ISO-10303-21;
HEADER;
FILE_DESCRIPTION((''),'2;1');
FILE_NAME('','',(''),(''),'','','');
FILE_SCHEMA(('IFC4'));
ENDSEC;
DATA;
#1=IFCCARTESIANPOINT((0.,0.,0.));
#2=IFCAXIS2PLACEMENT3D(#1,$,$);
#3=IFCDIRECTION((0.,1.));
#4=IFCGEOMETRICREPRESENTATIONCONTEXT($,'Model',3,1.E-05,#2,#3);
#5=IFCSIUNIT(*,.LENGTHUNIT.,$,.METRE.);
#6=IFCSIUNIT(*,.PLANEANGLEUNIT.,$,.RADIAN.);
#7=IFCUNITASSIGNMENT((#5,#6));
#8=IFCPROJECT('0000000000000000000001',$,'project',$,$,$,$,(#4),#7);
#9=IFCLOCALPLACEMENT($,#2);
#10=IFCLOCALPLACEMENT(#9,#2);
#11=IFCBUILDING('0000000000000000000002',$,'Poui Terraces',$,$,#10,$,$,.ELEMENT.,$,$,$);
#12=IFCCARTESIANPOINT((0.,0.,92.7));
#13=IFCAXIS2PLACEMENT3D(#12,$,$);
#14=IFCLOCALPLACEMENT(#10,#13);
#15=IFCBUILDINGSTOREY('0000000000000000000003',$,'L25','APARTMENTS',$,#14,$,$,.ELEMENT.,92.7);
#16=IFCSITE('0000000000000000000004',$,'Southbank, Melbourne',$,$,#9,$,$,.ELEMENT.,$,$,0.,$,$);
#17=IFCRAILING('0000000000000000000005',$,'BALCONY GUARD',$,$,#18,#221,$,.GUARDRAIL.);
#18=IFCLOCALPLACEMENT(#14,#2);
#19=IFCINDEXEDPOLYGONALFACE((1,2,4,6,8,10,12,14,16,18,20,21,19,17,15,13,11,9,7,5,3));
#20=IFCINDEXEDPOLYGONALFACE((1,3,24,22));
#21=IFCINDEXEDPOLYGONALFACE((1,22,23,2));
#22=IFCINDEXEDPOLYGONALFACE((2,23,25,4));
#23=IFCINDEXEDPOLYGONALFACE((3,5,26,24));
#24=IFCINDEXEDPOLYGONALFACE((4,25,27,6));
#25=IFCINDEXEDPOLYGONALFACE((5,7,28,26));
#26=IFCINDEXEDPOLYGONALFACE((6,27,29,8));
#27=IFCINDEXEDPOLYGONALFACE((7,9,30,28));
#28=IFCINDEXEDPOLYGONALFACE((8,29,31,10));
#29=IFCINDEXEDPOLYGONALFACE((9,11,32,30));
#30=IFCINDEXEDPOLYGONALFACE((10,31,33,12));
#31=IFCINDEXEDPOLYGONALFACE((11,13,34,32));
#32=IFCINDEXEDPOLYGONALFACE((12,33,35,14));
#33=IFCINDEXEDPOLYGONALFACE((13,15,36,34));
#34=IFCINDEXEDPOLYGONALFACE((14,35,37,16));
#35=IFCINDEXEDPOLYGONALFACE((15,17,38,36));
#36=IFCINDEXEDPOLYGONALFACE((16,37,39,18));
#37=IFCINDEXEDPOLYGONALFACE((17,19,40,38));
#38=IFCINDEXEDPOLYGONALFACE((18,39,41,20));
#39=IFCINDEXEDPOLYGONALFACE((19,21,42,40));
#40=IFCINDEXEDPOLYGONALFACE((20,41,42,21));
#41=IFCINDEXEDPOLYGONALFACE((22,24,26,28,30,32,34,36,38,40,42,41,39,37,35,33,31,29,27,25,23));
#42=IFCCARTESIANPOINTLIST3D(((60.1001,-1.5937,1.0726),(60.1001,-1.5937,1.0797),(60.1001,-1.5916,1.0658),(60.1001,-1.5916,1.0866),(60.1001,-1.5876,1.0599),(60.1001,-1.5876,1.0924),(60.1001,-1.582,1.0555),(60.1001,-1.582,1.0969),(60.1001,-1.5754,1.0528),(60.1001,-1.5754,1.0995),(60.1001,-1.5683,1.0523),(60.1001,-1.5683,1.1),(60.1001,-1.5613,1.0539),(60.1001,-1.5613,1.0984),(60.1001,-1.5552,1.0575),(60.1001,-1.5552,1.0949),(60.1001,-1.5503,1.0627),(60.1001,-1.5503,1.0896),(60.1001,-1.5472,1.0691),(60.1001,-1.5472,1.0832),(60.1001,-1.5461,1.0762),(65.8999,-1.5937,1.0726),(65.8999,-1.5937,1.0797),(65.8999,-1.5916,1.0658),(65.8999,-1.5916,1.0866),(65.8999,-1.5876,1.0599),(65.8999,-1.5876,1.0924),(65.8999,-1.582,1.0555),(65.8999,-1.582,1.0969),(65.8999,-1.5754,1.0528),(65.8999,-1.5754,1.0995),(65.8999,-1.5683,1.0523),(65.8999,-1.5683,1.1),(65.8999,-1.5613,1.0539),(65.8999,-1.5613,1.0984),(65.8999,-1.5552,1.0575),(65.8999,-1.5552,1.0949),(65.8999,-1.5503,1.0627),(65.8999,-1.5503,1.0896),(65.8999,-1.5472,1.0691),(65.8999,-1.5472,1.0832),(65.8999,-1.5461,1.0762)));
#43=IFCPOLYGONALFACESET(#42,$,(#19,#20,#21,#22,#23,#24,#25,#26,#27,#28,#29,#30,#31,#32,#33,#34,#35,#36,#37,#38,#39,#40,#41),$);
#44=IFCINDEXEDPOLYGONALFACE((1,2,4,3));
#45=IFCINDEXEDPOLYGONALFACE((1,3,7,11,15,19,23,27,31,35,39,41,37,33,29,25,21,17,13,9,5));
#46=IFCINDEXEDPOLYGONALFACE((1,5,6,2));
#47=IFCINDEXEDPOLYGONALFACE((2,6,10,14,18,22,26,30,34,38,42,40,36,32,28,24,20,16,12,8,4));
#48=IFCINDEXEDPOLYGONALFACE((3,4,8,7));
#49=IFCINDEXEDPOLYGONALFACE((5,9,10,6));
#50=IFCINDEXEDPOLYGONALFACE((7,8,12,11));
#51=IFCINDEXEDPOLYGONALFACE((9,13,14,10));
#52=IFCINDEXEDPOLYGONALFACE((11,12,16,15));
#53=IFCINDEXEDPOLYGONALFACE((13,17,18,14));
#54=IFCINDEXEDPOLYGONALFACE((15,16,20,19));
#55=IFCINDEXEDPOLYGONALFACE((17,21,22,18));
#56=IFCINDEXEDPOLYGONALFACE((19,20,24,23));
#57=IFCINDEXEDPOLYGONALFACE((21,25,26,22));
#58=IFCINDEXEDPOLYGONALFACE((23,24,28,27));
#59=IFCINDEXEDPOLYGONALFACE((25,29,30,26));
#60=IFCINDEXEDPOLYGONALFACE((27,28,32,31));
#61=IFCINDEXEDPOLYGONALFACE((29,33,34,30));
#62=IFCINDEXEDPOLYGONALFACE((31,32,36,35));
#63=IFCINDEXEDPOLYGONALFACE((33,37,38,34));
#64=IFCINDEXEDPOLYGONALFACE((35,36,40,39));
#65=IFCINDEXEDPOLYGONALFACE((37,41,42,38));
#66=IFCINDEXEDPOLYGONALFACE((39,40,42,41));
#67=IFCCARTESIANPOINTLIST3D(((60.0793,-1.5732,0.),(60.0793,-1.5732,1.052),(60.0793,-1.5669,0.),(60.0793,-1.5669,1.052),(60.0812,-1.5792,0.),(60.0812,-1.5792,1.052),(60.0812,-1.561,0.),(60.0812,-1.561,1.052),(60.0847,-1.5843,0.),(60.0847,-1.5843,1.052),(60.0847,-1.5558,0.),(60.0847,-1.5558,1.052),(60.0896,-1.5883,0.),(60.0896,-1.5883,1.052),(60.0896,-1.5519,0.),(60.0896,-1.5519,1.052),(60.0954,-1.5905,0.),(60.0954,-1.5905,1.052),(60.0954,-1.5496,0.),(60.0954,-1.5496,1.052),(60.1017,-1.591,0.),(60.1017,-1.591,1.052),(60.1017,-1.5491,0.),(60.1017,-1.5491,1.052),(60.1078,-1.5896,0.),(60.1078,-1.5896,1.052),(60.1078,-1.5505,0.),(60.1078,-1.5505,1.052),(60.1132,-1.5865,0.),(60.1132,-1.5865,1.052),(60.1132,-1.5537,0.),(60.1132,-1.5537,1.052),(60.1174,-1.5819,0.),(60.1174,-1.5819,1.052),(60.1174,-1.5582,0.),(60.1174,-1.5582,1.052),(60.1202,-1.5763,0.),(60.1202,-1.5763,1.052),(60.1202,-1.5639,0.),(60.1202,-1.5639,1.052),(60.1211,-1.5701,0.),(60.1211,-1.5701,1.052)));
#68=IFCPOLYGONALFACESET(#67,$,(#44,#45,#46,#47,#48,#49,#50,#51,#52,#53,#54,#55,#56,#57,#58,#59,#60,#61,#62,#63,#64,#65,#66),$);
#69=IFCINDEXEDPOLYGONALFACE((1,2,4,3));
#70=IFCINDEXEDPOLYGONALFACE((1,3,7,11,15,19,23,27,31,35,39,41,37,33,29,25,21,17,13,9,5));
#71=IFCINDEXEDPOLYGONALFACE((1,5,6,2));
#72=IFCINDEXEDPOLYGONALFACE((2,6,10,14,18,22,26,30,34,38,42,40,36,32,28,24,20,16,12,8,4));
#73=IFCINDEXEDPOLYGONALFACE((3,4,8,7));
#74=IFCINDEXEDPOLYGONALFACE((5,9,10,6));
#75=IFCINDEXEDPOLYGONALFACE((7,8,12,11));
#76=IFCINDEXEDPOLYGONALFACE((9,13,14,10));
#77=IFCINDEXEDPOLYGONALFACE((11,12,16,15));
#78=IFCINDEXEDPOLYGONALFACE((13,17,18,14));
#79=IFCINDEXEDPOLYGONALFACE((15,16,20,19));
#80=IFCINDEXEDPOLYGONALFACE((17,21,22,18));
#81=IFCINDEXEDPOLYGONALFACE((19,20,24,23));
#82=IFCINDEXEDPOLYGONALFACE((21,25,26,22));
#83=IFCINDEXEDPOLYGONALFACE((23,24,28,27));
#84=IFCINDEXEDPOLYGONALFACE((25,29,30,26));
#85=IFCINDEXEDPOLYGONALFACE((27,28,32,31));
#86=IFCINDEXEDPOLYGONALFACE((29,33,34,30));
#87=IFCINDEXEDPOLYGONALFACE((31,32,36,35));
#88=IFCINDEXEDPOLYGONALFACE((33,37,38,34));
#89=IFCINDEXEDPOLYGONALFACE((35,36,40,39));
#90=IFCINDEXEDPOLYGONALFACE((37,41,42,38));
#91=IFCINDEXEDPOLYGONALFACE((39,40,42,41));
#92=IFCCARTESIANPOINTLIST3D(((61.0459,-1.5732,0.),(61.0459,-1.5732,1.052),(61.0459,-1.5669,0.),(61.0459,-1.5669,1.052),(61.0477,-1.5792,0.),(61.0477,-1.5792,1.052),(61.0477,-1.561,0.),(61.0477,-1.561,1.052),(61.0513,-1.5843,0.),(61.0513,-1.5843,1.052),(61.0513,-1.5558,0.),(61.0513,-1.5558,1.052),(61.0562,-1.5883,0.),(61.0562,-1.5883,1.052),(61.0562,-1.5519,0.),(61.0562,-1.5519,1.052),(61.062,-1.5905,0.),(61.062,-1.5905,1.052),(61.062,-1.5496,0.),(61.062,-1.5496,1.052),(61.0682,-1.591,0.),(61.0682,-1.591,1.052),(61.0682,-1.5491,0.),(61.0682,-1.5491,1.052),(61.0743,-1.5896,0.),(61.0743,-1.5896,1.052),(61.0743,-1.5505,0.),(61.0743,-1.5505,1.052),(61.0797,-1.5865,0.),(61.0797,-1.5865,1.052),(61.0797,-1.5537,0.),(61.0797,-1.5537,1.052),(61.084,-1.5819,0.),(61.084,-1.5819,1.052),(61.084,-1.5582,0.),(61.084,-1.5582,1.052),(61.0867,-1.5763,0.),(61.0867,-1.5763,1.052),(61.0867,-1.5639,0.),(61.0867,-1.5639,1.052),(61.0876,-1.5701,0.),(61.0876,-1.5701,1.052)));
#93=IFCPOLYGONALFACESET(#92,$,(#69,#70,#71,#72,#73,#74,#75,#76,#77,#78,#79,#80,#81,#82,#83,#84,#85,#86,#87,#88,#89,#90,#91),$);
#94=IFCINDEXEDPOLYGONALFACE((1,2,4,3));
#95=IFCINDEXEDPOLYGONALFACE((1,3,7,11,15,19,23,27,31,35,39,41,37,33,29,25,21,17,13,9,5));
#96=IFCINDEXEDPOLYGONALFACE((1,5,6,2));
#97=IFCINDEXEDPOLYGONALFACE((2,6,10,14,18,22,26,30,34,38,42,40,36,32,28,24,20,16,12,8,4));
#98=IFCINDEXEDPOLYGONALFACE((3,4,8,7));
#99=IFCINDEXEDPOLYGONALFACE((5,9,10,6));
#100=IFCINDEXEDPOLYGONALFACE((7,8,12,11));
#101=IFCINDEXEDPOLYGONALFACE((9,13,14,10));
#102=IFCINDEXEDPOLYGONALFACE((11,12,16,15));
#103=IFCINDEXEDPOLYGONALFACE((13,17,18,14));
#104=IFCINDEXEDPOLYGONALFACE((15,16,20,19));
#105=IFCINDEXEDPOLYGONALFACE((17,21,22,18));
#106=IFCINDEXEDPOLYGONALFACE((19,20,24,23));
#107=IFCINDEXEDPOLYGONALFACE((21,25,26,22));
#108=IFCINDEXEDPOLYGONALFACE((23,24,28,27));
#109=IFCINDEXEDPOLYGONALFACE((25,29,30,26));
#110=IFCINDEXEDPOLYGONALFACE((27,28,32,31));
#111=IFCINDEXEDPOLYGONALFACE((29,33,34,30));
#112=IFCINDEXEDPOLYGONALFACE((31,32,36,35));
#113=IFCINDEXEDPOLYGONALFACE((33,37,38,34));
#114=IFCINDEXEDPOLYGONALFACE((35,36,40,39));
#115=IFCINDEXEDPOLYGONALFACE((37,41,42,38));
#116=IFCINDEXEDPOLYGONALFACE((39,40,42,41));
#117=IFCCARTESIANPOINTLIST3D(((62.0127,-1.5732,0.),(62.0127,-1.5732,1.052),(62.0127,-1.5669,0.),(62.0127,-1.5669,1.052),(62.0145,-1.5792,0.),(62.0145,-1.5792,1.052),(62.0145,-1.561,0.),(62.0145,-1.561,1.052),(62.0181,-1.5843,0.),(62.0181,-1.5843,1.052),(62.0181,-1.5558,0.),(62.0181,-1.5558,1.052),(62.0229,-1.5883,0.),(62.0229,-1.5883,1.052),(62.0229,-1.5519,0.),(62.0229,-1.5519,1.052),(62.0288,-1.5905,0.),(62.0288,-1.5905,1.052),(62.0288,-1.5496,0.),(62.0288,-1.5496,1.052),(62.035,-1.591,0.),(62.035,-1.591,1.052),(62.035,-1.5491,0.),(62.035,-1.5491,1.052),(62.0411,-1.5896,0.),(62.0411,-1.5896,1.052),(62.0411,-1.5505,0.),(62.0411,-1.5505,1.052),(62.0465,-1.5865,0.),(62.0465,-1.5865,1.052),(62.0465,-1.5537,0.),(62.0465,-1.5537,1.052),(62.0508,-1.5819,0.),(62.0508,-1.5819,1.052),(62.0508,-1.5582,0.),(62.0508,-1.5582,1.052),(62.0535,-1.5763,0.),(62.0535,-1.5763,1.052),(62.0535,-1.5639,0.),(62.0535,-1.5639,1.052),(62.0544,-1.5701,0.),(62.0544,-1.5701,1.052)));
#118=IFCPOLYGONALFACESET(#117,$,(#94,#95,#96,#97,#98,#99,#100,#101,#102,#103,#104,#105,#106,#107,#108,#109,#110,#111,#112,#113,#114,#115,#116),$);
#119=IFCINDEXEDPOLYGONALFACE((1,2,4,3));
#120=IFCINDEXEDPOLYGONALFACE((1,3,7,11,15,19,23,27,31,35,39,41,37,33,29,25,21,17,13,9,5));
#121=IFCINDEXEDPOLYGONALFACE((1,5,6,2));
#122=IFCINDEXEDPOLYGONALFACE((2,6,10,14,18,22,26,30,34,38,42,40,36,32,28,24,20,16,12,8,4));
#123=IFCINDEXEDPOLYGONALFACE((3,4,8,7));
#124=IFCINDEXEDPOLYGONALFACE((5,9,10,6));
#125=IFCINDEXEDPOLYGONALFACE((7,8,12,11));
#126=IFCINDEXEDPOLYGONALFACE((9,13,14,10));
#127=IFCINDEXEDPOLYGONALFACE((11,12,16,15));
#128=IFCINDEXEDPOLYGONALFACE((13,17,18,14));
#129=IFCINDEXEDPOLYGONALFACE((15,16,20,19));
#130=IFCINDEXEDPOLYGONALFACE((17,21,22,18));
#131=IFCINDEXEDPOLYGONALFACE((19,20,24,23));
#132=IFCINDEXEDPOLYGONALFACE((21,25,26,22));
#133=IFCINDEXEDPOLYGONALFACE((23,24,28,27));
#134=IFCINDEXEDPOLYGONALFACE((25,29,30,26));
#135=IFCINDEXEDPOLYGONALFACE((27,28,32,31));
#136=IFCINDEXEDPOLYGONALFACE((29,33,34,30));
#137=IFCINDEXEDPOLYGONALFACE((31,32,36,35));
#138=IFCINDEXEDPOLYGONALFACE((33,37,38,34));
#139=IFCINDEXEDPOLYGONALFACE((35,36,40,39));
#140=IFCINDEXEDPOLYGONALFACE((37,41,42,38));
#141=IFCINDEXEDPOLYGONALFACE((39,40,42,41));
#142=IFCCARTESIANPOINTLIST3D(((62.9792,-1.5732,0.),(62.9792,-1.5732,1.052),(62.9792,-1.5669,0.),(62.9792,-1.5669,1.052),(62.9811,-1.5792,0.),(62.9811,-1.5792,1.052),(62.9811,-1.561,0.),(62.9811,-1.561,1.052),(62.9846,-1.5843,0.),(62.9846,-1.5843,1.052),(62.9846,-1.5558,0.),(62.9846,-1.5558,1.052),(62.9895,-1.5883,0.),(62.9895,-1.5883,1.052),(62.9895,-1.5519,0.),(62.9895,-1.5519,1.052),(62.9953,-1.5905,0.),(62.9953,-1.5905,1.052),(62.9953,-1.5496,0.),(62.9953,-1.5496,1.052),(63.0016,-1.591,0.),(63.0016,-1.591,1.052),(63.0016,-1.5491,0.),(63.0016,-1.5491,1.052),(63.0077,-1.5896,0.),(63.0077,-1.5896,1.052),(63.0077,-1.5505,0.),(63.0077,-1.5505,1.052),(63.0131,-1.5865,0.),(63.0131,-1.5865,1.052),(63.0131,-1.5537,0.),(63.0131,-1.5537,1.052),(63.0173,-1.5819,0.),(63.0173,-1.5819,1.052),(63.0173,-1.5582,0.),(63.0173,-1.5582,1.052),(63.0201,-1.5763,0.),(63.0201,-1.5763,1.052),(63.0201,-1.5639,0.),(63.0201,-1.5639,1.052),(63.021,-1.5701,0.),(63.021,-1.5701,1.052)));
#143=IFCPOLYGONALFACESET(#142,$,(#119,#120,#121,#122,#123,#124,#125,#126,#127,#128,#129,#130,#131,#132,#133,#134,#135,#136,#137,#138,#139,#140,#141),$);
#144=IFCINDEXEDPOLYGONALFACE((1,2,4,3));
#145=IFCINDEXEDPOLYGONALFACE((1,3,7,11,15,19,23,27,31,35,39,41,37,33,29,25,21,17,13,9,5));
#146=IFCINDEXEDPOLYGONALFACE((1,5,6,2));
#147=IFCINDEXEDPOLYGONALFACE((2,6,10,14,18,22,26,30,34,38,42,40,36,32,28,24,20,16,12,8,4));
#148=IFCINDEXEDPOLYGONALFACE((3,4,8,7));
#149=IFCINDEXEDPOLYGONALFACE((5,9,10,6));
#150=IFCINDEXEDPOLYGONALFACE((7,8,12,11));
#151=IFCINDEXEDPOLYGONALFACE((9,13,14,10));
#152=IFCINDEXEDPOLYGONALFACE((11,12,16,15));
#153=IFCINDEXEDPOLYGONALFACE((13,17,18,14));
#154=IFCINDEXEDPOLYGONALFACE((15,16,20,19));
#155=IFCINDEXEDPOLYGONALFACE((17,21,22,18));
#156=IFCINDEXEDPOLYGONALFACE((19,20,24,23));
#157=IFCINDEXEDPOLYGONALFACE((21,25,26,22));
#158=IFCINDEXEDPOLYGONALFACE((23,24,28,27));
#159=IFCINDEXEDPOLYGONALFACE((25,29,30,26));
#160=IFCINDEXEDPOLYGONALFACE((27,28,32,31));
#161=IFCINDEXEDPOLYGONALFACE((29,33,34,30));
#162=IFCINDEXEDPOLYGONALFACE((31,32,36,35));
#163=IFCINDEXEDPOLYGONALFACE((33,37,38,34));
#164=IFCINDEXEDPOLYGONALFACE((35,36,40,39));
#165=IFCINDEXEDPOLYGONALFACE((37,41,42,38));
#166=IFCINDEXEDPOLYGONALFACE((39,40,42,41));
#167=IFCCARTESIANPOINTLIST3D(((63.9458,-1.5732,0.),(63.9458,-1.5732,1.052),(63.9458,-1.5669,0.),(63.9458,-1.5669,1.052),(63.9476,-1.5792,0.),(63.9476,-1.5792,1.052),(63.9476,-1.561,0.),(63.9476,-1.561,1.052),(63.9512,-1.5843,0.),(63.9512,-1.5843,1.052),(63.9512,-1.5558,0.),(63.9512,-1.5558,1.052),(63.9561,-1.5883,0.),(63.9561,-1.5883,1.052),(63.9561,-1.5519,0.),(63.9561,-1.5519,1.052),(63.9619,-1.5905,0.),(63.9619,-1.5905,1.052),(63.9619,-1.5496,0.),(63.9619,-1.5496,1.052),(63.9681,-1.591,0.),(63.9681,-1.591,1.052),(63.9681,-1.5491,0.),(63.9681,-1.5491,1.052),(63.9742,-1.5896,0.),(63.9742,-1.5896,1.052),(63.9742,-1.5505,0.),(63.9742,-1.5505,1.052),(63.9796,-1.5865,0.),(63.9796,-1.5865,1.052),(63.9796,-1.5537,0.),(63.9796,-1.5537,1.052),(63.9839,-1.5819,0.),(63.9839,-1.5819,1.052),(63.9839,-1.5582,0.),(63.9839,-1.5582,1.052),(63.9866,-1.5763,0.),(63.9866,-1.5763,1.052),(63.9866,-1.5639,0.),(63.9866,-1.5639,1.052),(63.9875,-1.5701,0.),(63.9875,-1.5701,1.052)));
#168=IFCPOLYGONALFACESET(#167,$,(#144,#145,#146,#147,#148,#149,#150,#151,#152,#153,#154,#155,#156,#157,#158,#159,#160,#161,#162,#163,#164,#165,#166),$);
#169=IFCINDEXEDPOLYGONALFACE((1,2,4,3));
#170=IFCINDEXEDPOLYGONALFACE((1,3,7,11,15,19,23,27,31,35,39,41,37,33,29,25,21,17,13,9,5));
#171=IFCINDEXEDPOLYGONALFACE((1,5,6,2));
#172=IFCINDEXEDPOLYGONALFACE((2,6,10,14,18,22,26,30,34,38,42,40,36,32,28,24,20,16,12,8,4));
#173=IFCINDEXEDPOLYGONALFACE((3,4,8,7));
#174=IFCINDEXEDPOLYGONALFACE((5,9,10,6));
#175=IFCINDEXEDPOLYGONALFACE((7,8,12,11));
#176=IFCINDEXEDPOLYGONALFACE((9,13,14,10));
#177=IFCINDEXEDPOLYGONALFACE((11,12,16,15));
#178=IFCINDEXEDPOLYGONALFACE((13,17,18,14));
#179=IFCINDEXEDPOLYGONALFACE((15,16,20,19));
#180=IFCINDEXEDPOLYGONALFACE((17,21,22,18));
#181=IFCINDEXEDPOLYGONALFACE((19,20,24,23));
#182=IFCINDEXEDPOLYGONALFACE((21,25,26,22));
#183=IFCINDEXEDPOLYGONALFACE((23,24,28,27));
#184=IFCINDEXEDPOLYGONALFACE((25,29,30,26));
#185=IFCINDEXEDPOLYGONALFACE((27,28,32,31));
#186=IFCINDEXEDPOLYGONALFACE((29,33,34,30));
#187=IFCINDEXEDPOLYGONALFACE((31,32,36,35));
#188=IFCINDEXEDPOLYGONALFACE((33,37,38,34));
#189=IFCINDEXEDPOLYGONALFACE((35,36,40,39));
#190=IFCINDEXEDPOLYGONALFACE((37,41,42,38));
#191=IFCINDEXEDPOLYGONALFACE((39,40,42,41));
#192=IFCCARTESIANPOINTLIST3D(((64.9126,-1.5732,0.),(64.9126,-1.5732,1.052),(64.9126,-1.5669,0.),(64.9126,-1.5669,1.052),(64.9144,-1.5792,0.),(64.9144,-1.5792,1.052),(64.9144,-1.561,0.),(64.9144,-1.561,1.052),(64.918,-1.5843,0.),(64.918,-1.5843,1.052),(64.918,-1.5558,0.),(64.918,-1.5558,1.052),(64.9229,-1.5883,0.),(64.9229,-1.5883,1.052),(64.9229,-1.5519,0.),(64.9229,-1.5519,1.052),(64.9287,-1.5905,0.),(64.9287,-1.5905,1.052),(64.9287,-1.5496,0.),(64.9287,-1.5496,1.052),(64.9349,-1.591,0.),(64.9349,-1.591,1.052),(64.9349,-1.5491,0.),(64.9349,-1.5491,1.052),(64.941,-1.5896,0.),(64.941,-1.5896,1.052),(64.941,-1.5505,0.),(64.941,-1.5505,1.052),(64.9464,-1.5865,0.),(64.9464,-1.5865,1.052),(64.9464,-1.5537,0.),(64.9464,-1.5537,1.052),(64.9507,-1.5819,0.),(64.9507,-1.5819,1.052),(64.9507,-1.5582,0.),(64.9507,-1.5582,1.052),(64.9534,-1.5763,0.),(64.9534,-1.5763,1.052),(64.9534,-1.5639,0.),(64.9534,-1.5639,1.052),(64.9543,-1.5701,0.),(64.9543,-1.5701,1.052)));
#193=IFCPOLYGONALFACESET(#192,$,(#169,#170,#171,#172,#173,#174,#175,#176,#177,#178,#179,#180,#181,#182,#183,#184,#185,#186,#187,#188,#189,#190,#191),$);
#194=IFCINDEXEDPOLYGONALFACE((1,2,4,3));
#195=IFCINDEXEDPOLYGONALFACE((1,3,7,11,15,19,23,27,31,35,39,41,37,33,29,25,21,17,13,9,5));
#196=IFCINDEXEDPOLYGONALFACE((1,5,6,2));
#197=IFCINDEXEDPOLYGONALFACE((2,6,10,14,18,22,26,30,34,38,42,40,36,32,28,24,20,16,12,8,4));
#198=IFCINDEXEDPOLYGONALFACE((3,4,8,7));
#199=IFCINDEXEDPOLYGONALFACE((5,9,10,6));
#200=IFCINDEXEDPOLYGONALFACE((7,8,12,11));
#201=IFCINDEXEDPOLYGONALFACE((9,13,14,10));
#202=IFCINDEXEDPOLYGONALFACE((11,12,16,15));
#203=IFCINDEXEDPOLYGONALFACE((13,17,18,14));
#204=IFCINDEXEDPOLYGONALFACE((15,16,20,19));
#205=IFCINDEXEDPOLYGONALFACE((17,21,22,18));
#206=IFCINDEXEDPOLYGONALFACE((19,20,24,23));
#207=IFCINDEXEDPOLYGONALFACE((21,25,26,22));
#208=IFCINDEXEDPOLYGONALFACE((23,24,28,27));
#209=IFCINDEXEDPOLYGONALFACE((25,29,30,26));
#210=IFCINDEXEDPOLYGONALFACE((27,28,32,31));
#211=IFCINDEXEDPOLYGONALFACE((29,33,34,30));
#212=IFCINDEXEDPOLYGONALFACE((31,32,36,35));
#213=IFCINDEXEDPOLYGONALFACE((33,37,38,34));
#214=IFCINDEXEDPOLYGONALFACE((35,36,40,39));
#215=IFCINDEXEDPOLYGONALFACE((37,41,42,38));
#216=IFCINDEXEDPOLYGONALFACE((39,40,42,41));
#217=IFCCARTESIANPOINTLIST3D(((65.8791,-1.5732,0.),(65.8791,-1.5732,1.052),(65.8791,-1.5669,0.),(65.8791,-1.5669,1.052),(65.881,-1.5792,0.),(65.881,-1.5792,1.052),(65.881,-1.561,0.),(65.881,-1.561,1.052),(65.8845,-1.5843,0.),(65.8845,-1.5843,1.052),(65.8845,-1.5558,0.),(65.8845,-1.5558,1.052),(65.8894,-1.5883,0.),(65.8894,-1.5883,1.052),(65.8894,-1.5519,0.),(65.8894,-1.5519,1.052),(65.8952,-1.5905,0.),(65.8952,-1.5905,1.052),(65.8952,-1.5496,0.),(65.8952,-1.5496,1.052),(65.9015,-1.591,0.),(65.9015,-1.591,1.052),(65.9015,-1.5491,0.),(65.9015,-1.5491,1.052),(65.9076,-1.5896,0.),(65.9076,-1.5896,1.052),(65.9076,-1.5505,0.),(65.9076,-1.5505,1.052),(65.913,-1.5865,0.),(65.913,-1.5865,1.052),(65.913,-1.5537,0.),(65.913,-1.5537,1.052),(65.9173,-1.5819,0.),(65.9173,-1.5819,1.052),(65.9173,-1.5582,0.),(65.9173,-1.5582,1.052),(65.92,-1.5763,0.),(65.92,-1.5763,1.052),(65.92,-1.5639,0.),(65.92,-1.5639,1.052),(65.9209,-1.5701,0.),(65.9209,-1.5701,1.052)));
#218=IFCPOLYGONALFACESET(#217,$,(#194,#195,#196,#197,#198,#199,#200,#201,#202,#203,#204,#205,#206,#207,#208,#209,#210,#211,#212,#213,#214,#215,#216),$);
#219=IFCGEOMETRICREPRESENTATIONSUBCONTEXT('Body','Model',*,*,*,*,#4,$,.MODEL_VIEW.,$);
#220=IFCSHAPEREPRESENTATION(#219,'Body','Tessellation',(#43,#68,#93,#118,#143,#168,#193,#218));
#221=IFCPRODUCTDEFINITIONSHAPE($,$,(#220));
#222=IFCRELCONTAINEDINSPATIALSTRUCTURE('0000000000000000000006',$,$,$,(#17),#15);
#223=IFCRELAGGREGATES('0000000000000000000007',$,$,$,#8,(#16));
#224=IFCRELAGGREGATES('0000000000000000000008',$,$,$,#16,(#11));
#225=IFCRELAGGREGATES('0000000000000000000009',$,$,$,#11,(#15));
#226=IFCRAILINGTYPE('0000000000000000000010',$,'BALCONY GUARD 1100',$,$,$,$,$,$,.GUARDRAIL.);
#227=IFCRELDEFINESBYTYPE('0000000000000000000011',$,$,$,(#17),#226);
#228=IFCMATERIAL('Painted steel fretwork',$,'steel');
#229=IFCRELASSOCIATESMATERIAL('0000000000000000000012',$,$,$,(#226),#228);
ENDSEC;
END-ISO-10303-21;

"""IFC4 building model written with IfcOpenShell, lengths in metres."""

from ifc_helpers import new_model, si_unit, direction, frame, origin, origin_2d, place, context, subcontext, project, spatial, circle, extrude, material, type_object, element, save


model = new_model("IFC4")

# Units and contexts
model_context = context("Model", 3, precision=1e-05, world=origin(), true_north=direction((0.0, 1.0)))
body_context = subcontext(model_context, "Body", "Model", "MODEL_VIEW")
ifc_project = project(units=[si_unit("LENGTHUNIT", "METRE"), si_unit("PLANEANGLEUNIT", "RADIAN")], contexts=[model_context])

# Site, building, storey
site_placement = place(None, origin())
site = spatial("IfcSite", under=ifc_project, at=site_placement, Name="Southbank, Melbourne", CompositionType="ELEMENT", RefElevation=0.0)
building_placement = place(site_placement, origin())
building = spatial("IfcBuilding", under=site, at=building_placement, Name="Poui Terraces", CompositionType="ELEMENT")
storey_placement = place(building_placement, frame((0.0, 0.0, 92.7)))
storey = spatial("IfcBuildingStorey", under=building, at=storey_placement, Name="L25", Description="APARTMENTS", CompositionType="ELEMENT", Elevation=92.7)

# Railing
ifc_material_1 = material(Name="Painted steel fretwork", Category="steel")
railing_type = type_object("IfcRailingType", Name="BALCONY GUARD 1100", PredefinedType="GUARDRAIL", material=ifc_material_1)
railing_placement = place(storey_placement, frame((60.1001, -1.5701, 0.0)))
element("IfcRailing", 1, at=railing_placement, inside=storey, type_object=railing_type, Name="BALCONY GUARD", PredefinedType="GUARDRAIL", context=body_context, shape_type="SweptSolid", body=[
    extrude(circle(Radius=0.0239, at=origin_2d()), frame((0.0, 0.0, 1.0762), z_axis=(1.0, 0.0, 0.0), x_axis=(0.0, 1.0, 0.0)), (0.0, 0.0, 1.0), 5.7998),
    extrude(circle(Radius=0.021, at=origin_2d()), origin(), (0.0, 0.0, 1.0), 1.052),
    extrude(circle(Radius=0.021, at=origin_2d()), frame((0.9666, 0.0, 0.0)), (0.0, 0.0, 1.0), 1.052),
    extrude(circle(Radius=0.021, at=origin_2d()), frame((1.9333, 0.0, 0.0)), (0.0, 0.0, 1.0), 1.052),
    extrude(circle(Radius=0.021, at=origin_2d()), frame((2.8999, 0.0, 0.0)), (0.0, 0.0, 1.0), 1.052),
    extrude(circle(Radius=0.021, at=origin_2d()), frame((3.8665, 0.0, 0.0)), (0.0, 0.0, 1.0), 1.052),
    extrude(circle(Radius=0.021, at=origin_2d()), frame((4.8333, 0.0, 0.0)), (0.0, 0.0, 1.0), 1.052),
    extrude(circle(Radius=0.021, at=origin_2d()), frame((5.7998, 0.0, 0.0)), (0.0, 0.0, 1.0), 1.052),
])

save(model, "model.ifc")
